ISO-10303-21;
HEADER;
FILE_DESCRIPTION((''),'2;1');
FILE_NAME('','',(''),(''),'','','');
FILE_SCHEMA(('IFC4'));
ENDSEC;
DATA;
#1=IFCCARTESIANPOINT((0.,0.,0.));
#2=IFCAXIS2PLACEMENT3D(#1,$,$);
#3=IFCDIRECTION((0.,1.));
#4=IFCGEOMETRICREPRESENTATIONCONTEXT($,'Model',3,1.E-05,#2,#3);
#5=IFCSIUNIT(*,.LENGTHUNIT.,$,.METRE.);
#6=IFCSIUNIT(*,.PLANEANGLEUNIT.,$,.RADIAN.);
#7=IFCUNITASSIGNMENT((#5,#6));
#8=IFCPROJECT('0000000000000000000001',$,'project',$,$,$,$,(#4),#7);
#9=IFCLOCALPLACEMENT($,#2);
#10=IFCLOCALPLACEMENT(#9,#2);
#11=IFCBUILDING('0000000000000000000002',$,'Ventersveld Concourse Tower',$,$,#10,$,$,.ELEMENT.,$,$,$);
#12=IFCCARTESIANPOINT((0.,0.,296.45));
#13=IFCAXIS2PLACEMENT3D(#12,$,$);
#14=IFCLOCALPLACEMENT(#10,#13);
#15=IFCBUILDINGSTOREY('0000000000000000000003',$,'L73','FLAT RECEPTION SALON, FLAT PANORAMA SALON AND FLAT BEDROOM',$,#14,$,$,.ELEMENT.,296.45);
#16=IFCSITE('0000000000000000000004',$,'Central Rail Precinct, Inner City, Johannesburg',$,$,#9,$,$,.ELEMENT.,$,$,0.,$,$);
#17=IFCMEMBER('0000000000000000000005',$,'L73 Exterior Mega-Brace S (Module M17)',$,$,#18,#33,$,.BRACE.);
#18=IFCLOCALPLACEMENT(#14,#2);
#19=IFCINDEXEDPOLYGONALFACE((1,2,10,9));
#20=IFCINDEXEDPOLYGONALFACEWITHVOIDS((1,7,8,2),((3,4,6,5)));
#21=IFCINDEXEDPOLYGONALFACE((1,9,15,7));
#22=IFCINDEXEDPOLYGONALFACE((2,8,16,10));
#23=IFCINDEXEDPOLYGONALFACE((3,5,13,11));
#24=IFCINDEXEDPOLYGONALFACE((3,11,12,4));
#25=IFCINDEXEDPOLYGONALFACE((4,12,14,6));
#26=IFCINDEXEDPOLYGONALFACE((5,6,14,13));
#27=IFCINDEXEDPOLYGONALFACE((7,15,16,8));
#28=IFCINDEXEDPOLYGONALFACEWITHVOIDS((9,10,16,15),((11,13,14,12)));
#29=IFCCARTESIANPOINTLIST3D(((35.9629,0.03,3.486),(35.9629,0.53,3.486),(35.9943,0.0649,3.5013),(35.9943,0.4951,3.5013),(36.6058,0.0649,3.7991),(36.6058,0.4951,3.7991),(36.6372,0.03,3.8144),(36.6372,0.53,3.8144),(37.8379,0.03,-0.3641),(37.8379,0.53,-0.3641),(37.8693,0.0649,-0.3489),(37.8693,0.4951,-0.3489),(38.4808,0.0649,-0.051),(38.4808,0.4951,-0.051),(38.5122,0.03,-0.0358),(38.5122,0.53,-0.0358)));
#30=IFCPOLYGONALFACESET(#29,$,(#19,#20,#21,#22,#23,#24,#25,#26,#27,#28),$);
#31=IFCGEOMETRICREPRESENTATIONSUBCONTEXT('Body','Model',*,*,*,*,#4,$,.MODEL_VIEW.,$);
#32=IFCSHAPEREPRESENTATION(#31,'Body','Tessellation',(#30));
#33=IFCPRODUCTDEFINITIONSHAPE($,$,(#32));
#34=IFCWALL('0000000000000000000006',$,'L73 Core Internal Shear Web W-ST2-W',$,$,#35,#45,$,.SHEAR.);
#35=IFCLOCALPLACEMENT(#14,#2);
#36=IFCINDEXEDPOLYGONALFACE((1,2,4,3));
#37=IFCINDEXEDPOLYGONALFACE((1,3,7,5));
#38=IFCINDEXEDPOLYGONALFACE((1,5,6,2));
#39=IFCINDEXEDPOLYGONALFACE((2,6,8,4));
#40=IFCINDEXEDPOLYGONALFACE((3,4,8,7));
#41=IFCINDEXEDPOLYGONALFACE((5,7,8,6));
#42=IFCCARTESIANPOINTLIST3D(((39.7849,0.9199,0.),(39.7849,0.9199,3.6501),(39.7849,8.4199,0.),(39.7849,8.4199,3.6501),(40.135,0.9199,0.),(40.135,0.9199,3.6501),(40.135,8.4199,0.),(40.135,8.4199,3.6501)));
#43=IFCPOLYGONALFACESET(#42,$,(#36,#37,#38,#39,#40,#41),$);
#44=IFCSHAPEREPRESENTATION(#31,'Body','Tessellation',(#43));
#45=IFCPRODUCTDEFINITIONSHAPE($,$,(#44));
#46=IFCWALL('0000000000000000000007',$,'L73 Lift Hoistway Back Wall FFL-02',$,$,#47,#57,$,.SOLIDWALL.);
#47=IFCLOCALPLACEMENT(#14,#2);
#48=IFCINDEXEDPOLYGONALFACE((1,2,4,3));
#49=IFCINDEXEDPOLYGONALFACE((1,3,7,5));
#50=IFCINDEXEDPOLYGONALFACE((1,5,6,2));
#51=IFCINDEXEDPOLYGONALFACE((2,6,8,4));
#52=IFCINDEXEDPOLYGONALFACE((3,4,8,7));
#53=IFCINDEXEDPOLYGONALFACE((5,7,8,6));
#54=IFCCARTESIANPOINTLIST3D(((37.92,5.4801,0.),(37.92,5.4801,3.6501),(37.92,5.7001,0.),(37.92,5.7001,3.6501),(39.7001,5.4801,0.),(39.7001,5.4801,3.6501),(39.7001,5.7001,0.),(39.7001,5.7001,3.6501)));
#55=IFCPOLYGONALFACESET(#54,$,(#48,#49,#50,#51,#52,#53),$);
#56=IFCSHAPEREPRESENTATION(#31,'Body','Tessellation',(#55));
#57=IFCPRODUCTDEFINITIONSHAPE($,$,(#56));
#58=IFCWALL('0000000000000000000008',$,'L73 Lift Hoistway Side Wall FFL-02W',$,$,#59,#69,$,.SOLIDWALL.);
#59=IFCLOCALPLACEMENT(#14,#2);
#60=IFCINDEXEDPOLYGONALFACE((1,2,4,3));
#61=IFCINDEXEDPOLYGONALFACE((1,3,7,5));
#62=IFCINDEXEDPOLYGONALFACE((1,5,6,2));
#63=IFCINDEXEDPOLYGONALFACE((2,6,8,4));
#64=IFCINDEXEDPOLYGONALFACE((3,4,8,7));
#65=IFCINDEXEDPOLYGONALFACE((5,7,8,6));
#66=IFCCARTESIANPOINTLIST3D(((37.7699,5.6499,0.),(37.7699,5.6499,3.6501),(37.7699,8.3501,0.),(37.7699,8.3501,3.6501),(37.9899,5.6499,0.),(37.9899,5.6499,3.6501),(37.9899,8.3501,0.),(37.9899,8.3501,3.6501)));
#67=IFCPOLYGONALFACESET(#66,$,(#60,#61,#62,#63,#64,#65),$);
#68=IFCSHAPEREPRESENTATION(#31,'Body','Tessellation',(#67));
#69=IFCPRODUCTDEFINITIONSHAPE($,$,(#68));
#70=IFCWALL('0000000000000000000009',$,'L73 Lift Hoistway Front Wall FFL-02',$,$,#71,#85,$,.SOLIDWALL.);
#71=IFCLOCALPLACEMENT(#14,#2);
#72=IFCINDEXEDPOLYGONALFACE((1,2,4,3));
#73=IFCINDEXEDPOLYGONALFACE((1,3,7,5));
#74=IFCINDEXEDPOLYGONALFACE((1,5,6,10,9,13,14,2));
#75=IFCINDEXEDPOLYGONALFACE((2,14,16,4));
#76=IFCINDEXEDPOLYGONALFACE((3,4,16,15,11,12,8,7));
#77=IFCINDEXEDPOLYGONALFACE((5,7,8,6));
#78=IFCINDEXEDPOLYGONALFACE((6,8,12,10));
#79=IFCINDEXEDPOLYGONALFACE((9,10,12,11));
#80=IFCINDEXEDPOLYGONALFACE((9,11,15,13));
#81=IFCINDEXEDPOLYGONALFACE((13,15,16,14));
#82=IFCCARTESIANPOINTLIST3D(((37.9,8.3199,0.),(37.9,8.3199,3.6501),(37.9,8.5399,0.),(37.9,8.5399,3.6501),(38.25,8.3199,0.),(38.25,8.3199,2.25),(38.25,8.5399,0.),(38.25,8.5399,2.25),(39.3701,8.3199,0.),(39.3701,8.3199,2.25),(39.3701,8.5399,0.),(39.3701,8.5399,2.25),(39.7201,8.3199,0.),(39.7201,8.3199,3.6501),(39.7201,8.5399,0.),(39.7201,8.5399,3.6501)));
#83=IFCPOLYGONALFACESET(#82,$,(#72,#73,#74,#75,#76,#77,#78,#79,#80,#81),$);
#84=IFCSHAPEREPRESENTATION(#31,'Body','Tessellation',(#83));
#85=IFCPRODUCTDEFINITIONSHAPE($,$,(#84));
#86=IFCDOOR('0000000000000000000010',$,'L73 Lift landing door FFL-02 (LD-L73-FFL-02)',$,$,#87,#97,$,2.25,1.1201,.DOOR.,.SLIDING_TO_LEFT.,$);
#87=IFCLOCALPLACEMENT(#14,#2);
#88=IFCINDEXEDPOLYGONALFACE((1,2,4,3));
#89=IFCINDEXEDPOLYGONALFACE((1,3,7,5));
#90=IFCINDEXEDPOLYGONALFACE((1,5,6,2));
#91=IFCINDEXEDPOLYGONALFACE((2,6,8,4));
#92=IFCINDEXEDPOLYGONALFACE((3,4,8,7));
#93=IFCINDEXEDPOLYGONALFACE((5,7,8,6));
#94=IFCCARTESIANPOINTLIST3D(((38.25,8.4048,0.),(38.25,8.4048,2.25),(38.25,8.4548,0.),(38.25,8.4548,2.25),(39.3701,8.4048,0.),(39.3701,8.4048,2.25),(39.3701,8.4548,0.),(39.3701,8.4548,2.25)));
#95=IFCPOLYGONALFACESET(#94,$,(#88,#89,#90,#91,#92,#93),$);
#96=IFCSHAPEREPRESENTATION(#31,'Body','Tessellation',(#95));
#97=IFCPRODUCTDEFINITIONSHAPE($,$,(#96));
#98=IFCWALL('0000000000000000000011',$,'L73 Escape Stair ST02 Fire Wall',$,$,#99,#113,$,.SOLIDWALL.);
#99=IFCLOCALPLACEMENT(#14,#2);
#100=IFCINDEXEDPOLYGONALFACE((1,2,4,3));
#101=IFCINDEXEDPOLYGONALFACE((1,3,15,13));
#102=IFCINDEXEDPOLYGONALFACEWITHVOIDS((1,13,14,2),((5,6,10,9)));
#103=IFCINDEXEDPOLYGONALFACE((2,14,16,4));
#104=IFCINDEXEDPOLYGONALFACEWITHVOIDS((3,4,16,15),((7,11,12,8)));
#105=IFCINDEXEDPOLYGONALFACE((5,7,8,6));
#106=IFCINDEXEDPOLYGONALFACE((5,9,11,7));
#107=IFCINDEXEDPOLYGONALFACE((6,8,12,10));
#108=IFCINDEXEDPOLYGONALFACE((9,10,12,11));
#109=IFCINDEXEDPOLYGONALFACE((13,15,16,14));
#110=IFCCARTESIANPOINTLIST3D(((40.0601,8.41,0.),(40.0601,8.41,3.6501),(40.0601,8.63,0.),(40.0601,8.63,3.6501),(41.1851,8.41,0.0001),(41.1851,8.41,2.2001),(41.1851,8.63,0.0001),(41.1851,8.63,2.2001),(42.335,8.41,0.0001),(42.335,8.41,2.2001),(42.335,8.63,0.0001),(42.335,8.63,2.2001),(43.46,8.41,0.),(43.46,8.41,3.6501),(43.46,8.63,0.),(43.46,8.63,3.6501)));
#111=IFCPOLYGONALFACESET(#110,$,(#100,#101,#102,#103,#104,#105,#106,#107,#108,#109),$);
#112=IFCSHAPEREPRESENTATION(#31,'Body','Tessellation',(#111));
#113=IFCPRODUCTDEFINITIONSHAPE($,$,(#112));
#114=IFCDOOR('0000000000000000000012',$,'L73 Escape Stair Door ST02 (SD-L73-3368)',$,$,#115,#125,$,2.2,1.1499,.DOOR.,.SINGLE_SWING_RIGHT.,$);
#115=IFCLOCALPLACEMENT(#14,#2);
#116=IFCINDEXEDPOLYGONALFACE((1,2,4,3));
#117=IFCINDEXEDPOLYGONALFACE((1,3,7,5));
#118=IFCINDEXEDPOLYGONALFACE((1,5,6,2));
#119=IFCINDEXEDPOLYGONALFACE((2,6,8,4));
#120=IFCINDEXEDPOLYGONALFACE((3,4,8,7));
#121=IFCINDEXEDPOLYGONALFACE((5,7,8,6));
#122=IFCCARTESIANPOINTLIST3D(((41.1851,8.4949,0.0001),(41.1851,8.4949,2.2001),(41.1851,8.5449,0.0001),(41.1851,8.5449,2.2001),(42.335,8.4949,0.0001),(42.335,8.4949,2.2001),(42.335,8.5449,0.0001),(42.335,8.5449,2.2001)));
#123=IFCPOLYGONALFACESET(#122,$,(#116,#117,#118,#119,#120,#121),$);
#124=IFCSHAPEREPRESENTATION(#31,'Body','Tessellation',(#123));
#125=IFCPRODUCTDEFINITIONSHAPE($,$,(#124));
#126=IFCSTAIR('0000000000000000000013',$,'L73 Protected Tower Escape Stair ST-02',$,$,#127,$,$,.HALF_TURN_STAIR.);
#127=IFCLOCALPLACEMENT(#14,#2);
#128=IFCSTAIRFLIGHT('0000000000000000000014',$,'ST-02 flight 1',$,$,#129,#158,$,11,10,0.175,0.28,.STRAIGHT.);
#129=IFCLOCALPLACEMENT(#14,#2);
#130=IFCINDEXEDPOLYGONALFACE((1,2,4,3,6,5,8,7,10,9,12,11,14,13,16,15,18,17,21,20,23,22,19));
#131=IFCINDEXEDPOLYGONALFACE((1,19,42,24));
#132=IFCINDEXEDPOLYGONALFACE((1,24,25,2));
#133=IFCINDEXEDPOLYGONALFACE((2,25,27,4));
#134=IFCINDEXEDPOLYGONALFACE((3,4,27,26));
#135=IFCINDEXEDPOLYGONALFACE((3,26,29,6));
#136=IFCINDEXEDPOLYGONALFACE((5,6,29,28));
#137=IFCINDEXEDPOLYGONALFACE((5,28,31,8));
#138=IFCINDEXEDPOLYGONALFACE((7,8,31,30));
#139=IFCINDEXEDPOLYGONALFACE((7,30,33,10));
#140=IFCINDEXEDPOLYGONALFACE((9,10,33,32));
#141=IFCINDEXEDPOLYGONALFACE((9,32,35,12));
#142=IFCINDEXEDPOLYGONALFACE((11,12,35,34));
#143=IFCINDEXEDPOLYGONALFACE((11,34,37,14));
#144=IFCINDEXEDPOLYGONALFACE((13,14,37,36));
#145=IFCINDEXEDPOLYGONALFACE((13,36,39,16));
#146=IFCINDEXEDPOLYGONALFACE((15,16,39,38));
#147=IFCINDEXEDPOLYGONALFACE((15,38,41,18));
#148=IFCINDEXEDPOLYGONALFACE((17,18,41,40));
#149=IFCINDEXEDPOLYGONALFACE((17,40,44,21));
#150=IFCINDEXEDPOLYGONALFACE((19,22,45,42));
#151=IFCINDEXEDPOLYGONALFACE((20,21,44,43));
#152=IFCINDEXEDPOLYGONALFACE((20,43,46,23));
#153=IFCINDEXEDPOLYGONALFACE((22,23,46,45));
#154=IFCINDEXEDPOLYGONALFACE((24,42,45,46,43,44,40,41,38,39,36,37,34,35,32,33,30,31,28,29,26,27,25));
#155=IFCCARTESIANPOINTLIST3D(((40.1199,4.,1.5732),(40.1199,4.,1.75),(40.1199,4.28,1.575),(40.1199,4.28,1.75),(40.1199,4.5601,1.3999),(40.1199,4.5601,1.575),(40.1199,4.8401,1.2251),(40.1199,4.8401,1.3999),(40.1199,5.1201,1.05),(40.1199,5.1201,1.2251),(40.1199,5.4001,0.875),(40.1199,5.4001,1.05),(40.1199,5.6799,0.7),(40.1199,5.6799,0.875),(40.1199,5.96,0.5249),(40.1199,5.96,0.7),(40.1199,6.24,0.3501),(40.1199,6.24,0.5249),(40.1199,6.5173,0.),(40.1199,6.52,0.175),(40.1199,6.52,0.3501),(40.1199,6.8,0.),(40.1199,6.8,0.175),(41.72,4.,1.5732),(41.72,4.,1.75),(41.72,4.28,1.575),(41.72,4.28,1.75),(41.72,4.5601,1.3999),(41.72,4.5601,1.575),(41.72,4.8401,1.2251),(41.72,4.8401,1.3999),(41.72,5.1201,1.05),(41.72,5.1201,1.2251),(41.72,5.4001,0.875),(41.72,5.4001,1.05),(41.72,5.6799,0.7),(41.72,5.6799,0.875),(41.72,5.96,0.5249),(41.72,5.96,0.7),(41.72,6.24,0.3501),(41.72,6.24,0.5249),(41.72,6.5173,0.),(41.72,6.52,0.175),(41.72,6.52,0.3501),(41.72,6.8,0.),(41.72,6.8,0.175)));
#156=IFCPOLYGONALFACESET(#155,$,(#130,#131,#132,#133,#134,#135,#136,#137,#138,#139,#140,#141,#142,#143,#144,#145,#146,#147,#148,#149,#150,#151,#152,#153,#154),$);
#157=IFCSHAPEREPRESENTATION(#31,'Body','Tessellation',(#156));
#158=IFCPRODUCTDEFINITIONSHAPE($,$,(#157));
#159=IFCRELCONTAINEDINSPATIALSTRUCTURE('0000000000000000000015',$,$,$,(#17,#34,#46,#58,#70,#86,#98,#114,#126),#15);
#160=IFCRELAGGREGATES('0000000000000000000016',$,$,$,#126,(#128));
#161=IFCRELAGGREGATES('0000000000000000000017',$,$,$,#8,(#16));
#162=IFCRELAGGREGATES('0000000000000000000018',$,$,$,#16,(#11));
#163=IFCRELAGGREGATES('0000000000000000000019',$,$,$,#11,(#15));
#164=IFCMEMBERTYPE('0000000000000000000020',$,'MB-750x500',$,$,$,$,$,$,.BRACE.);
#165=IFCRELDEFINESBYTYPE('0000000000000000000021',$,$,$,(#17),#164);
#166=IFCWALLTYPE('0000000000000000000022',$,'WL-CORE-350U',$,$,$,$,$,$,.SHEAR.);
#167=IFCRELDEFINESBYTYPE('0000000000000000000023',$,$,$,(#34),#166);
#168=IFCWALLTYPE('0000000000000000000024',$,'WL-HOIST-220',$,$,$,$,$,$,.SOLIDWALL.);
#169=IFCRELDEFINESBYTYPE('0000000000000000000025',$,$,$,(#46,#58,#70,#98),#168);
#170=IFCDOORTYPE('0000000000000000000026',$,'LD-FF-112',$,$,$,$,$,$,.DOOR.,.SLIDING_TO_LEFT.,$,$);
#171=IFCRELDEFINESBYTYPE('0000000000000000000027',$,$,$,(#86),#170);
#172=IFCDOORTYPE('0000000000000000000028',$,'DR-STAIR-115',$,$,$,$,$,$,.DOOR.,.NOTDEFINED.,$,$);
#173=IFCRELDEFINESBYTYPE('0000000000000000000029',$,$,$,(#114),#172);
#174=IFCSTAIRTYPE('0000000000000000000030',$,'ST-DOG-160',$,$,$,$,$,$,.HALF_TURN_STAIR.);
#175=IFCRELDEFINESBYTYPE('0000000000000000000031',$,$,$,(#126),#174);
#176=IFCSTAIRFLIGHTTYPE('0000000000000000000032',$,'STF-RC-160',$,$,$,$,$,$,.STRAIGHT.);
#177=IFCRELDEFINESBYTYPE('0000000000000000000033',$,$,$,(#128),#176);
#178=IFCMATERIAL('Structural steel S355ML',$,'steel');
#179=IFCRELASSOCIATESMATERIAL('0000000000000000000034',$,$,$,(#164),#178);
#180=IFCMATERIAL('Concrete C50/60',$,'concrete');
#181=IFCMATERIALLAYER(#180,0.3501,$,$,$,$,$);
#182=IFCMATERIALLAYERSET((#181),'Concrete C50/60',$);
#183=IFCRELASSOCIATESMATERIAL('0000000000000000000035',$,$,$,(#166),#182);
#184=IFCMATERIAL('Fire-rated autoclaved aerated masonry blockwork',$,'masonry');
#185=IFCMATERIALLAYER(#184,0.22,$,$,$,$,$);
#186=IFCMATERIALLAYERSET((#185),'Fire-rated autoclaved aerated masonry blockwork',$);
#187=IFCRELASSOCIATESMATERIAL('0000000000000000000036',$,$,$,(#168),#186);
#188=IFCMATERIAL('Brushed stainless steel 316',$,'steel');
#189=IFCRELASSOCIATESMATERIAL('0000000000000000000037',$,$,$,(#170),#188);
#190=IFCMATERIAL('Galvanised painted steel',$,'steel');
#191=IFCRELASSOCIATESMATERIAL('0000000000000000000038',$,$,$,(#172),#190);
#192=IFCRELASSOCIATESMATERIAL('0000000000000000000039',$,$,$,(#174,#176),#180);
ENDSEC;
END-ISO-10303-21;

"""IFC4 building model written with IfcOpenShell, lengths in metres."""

from ifc_helpers import new_model, si_unit, direction, frame, frame_2d, origin, origin_2d, place, context, subcontext, project, spatial, polyline, rectangle, hollow_rectangle, outline, extrude, material, layer, layer_set, material_profile, profile_set, type_object, element, fill, aggregate, save


model = new_model("IFC4")

# Units and contexts
model_context = context("Model", 3, precision=1e-05, world=origin(), true_north=direction((0.0, 1.0)))
body_context = subcontext(model_context, "Body", "Model", "MODEL_VIEW")
ifc_project = project(units=[si_unit("LENGTHUNIT", "METRE"), si_unit("PLANEANGLEUNIT", "RADIAN")], contexts=[model_context])

# Site, building, storey
site_placement = place(None, origin())
site = spatial("IfcSite", under=ifc_project, at=site_placement, Name="Central Rail Precinct, Inner City, Johannesburg", CompositionType="ELEMENT", RefElevation=0.0)
building_placement = place(site_placement, origin())
building = spatial("IfcBuilding", under=site, at=building_placement, Name="Ventersveld Concourse Tower", CompositionType="ELEMENT")
storey_placement = place(building_placement, frame((0.0, 0.0, 296.45)))
storey = spatial("IfcBuildingStorey", under=building, at=storey_placement, Name="L73", Description="FLAT RECEPTION SALON, FLAT PANORAMA SALON AND FLAT BEDROOM", CompositionType="ELEMENT", Elevation=296.45)

# Member
ifc_material_1 = material(Name="Structural steel S355ML", Category="steel")
ifc_material_profile = material_profile(ifc_material_1, hollow_rectangle(XDim=0.5, YDim=0.75, WallThickness=0.0349, at=origin_2d()), Name="BOX 750x500x35")
ifc_profile_set = profile_set([ifc_material_profile], Name="Structural steel S355ML")
member_type = type_object("IfcMemberType", Name="MB-750x500", PredefinedType="BRACE", material=ifc_profile_set)
member_placement = place(storey_placement, frame((38.175, 0.28, -0.2), z_axis=(-0.437839, 0.0, 0.899053), x_axis=(0.0, -1.0, 0.0)))
element("IfcMember", 1, at=member_placement, inside=storey, type_object=member_type, Name="L73 Exterior Mega-Brace S (Module M17)", PredefinedType="BRACE", context=body_context, shape_type="SweptSolid", body=[
    extrude(hollow_rectangle(XDim=0.5, YDim=0.75, WallThickness=0.0349, at=origin_2d()), origin(), (0.0, 0.0, 1.0), 4.2825),
])

# Walls
ifc_material_2 = material(Name="Concrete C50/60", Category="concrete")
ifc_layer_1 = layer(ifc_material_2, 0.3501)
ifc_layer_set_1 = layer_set([ifc_layer_1], Name="Concrete C50/60")
wall_type_1 = type_object("IfcWallType", Name="WL-CORE-350U", PredefinedType="SHEAR", material=ifc_layer_set_1)
wall_1_placement = place(storey_placement, frame((39.96, 0.9199, 0.0), z_axis=(0.0, 0.0, 1.0), x_axis=(0.0, 1.0, 0.0)))
element("IfcWall", 2, at=wall_1_placement, inside=storey, type_object=wall_type_1, Name="L73 Core Internal Shear Web W-ST2-W", PredefinedType="SHEAR", context=body_context, shape_type="SweptSolid", body=[
    extrude(rectangle(XDim=7.5, YDim=0.3501, at=frame_2d((3.75, 0.0))), origin(), (0.0, 0.0, 1.0), 3.6501),
])
ifc_material_3 = material(Name="Fire-rated autoclaved aerated masonry blockwork", Category="masonry")
ifc_layer_2 = layer(ifc_material_3, 0.22)
ifc_layer_set_2 = layer_set([ifc_layer_2], Name="Fire-rated autoclaved aerated masonry blockwork")
wall_type_2 = type_object("IfcWallType", Name="WL-HOIST-220", PredefinedType="SOLIDWALL", material=ifc_layer_set_2)
wall_2_placement = place(storey_placement, frame((37.9199, 5.5901, 0.0), z_axis=(0.0, 0.0, 1.0), x_axis=(1.0, 0.0, 0.0)))
element("IfcWall", 3, at=wall_2_placement, inside=storey, type_object=wall_type_2, Name="L73 Lift Hoistway Back Wall FFL-02", PredefinedType="SOLIDWALL", context=body_context, shape_type="SweptSolid", body=[
    extrude(rectangle(XDim=1.78, YDim=0.22, at=frame_2d((0.8901, 0.0))), origin(), (0.0, 0.0, 1.0), 3.6501),
])
wall_3_placement = place(storey_placement, frame((37.8799, 5.6499, 0.0), z_axis=(0.0, 0.0, 1.0), x_axis=(0.0, 1.0, 0.0)))
element("IfcWall", 4, at=wall_3_placement, inside=storey, type_object=wall_type_2, Name="L73 Lift Hoistway Side Wall FFL-02W", PredefinedType="SOLIDWALL", context=body_context, shape_type="SweptSolid", body=[
    extrude(rectangle(XDim=2.7002, YDim=0.22, at=frame_2d((1.3501, 0.0))), origin(), (0.0, 0.0, 1.0), 3.6501),
])

# Walls, openings, doors
wall_4_placement = place(storey_placement, frame((37.8999, 8.4299, 0.0), z_axis=(0.0, 0.0, 1.0), x_axis=(1.0, 0.0, 0.0)))
wall_4 = element("IfcWall", 5, at=wall_4_placement, inside=storey, type_object=wall_type_2, Name="L73 Lift Hoistway Front Wall FFL-02", PredefinedType="SOLIDWALL", context=body_context, shape_type="SweptSolid", body=[
    extrude(rectangle(XDim=1.8201, YDim=0.22, at=frame_2d((0.9102, 0.0))), origin(), (0.0, 0.0, 1.0), 3.6501),
])
opening_1_placement = place(wall_4_placement, frame((0.3501, 0.0, 0.0)))
opening_1 = element("IfcOpeningElement", 6, at=opening_1_placement, cuts=wall_4, PredefinedType="OPENING", context=body_context, shape_type="SweptSolid", body=[
    extrude(rectangle(XDim=1.1201, YDim=2.25, at=frame_2d((0.5601, 1.125))), frame((0.0, 0.1201, 0.0), z_axis=(0.0, -1.0, 0.0), x_axis=(1.0, 0.0, 0.0)), (0.0, 0.0, 1.0), 0.24),
])
ifc_material_4 = material(Name="Brushed stainless steel 316", Category="steel")
door_type_1 = type_object("IfcDoorType", Name="LD-FF-112", OperationType="SLIDING_TO_LEFT", PredefinedType="DOOR", material=ifc_material_4)
door_1_placement = place(opening_1_placement, origin())
door_1 = element("IfcDoor", 7, at=door_1_placement, inside=storey, type_object=door_type_1, Name="L73 Lift landing door FFL-02 (LD-L73-FFL-02)", OperationType="SLIDING_TO_LEFT", OverallHeight=2.25, OverallWidth=1.1201, PredefinedType="DOOR", context=body_context, shape_type="SweptSolid", body=[
    extrude(rectangle(XDim=1.1201, YDim=2.25, at=frame_2d((0.5601, 1.125))), frame((0.0, 0.0249, 0.0), z_axis=(0.0, -1.0, 0.0), x_axis=(1.0, 0.0, 0.0)), (0.0, 0.0, 1.0), 0.05),
])
fill(opening_1, door_1)
wall_5_placement = place(storey_placement, frame((40.0601, 8.52, 0.0), z_axis=(0.0, 0.0, 1.0), x_axis=(1.0, 0.0, 0.0)))
wall_5 = element("IfcWall", 8, at=wall_5_placement, inside=storey, type_object=wall_type_2, Name="L73 Escape Stair ST02 Fire Wall", PredefinedType="SOLIDWALL", context=body_context, shape_type="SweptSolid", body=[
    extrude(rectangle(XDim=3.3999, YDim=0.22, at=frame_2d((1.7, 0.0))), origin(), (0.0, 0.0, 1.0), 3.6501),
])
opening_2_placement = place(wall_5_placement, frame((1.125, 0.0, 0.0)))
opening_2 = element("IfcOpeningElement", 9, at=opening_2_placement, cuts=wall_5, PredefinedType="OPENING", context=body_context, shape_type="SweptSolid", body=[
    extrude(rectangle(XDim=1.1499, YDim=2.2, at=frame_2d((0.575, 1.1001))), frame((0.0, 0.1201, 0.0), z_axis=(0.0, -1.0, 0.0), x_axis=(1.0, 0.0, 0.0)), (0.0, 0.0, 1.0), 0.24),
])
ifc_material_5 = material(Name="Galvanised painted steel", Category="steel")
door_type_2 = type_object("IfcDoorType", Name="DR-STAIR-115", OperationType="NOTDEFINED", PredefinedType="DOOR", material=ifc_material_5)
door_2_placement = place(opening_2_placement, origin())
door_2 = element("IfcDoor", 10, at=door_2_placement, inside=storey, type_object=door_type_2, Name="L73 Escape Stair Door ST02 (SD-L73-3368)", OperationType="SINGLE_SWING_RIGHT", OverallHeight=2.2, OverallWidth=1.1499, PredefinedType="DOOR", context=body_context, shape_type="SweptSolid", body=[
    extrude(rectangle(XDim=1.1499, YDim=2.2, at=frame_2d((0.575, 1.1001))), frame((0.0, 0.0249, 0.0), z_axis=(0.0, -1.0, 0.0), x_axis=(1.0, 0.0, 0.0)), (0.0, 0.0, 1.0), 0.05),
])
fill(opening_2, door_2)

# Stair, stair flight
stair_type = type_object("IfcStairType", Name="ST-DOG-160", PredefinedType="HALF_TURN_STAIR", material=ifc_material_2)
stair_placement = place(storey_placement, origin())
stair = element("IfcStair", 11, at=stair_placement, inside=storey, type_object=stair_type, Name="L73 Protected Tower Escape Stair ST-02", PredefinedType="HALF_TURN_STAIR")
stair_flight_type = type_object("IfcStairFlightType", Name="STF-RC-160", PredefinedType="STRAIGHT", material=ifc_material_2)
stair_flight_1_placement = place(storey_placement, frame((40.9199, 6.8, 0.0), z_axis=(0.0, 0.0, 1.0), x_axis=(0.0, -1.0, 0.0)))
stair_flight_1 = element("IfcStairFlight", 12, at=stair_flight_1_placement, type_object=stair_flight_type, Name="ST-02 flight 1", NumberOfRisers=11, NumberOfTreads=10, PredefinedType="STRAIGHT", RiserHeight=0.175, TreadLength=0.28, context=body_context, shape_type="SweptSolid", body=[
    extrude(outline(polyline([(0.0, 0.0), (0.0, 0.175), (0.28, 0.175), (0.28, 0.3501), (0.5601, 0.3501), (0.5601, 0.5249), (0.8401, 0.5249), (0.8401, 0.7), (1.1201, 0.7), (1.1201, 0.875), (1.3999, 0.875), (1.3999, 1.05), (1.6799, 1.05), (1.6799, 1.2251), (1.96, 1.2251), (1.96, 1.3999), (2.24, 1.3999), (2.24, 1.575), (2.52, 1.575), (2.52, 1.75), (2.8, 1.75), (2.8, 1.925), (2.8, 1.5732), (0.2827, 0.0), (0.0, 0.0)])), frame((0.0, 0.8, 0.0), z_axis=(0.0, -1.0, 0.0), x_axis=(1.0, 0.0, 0.0)), (0.0, 0.0, 1.0), 1.6001),
])
aggregate(stair, [stair_flight_1])

save(model, "model.ifc")
